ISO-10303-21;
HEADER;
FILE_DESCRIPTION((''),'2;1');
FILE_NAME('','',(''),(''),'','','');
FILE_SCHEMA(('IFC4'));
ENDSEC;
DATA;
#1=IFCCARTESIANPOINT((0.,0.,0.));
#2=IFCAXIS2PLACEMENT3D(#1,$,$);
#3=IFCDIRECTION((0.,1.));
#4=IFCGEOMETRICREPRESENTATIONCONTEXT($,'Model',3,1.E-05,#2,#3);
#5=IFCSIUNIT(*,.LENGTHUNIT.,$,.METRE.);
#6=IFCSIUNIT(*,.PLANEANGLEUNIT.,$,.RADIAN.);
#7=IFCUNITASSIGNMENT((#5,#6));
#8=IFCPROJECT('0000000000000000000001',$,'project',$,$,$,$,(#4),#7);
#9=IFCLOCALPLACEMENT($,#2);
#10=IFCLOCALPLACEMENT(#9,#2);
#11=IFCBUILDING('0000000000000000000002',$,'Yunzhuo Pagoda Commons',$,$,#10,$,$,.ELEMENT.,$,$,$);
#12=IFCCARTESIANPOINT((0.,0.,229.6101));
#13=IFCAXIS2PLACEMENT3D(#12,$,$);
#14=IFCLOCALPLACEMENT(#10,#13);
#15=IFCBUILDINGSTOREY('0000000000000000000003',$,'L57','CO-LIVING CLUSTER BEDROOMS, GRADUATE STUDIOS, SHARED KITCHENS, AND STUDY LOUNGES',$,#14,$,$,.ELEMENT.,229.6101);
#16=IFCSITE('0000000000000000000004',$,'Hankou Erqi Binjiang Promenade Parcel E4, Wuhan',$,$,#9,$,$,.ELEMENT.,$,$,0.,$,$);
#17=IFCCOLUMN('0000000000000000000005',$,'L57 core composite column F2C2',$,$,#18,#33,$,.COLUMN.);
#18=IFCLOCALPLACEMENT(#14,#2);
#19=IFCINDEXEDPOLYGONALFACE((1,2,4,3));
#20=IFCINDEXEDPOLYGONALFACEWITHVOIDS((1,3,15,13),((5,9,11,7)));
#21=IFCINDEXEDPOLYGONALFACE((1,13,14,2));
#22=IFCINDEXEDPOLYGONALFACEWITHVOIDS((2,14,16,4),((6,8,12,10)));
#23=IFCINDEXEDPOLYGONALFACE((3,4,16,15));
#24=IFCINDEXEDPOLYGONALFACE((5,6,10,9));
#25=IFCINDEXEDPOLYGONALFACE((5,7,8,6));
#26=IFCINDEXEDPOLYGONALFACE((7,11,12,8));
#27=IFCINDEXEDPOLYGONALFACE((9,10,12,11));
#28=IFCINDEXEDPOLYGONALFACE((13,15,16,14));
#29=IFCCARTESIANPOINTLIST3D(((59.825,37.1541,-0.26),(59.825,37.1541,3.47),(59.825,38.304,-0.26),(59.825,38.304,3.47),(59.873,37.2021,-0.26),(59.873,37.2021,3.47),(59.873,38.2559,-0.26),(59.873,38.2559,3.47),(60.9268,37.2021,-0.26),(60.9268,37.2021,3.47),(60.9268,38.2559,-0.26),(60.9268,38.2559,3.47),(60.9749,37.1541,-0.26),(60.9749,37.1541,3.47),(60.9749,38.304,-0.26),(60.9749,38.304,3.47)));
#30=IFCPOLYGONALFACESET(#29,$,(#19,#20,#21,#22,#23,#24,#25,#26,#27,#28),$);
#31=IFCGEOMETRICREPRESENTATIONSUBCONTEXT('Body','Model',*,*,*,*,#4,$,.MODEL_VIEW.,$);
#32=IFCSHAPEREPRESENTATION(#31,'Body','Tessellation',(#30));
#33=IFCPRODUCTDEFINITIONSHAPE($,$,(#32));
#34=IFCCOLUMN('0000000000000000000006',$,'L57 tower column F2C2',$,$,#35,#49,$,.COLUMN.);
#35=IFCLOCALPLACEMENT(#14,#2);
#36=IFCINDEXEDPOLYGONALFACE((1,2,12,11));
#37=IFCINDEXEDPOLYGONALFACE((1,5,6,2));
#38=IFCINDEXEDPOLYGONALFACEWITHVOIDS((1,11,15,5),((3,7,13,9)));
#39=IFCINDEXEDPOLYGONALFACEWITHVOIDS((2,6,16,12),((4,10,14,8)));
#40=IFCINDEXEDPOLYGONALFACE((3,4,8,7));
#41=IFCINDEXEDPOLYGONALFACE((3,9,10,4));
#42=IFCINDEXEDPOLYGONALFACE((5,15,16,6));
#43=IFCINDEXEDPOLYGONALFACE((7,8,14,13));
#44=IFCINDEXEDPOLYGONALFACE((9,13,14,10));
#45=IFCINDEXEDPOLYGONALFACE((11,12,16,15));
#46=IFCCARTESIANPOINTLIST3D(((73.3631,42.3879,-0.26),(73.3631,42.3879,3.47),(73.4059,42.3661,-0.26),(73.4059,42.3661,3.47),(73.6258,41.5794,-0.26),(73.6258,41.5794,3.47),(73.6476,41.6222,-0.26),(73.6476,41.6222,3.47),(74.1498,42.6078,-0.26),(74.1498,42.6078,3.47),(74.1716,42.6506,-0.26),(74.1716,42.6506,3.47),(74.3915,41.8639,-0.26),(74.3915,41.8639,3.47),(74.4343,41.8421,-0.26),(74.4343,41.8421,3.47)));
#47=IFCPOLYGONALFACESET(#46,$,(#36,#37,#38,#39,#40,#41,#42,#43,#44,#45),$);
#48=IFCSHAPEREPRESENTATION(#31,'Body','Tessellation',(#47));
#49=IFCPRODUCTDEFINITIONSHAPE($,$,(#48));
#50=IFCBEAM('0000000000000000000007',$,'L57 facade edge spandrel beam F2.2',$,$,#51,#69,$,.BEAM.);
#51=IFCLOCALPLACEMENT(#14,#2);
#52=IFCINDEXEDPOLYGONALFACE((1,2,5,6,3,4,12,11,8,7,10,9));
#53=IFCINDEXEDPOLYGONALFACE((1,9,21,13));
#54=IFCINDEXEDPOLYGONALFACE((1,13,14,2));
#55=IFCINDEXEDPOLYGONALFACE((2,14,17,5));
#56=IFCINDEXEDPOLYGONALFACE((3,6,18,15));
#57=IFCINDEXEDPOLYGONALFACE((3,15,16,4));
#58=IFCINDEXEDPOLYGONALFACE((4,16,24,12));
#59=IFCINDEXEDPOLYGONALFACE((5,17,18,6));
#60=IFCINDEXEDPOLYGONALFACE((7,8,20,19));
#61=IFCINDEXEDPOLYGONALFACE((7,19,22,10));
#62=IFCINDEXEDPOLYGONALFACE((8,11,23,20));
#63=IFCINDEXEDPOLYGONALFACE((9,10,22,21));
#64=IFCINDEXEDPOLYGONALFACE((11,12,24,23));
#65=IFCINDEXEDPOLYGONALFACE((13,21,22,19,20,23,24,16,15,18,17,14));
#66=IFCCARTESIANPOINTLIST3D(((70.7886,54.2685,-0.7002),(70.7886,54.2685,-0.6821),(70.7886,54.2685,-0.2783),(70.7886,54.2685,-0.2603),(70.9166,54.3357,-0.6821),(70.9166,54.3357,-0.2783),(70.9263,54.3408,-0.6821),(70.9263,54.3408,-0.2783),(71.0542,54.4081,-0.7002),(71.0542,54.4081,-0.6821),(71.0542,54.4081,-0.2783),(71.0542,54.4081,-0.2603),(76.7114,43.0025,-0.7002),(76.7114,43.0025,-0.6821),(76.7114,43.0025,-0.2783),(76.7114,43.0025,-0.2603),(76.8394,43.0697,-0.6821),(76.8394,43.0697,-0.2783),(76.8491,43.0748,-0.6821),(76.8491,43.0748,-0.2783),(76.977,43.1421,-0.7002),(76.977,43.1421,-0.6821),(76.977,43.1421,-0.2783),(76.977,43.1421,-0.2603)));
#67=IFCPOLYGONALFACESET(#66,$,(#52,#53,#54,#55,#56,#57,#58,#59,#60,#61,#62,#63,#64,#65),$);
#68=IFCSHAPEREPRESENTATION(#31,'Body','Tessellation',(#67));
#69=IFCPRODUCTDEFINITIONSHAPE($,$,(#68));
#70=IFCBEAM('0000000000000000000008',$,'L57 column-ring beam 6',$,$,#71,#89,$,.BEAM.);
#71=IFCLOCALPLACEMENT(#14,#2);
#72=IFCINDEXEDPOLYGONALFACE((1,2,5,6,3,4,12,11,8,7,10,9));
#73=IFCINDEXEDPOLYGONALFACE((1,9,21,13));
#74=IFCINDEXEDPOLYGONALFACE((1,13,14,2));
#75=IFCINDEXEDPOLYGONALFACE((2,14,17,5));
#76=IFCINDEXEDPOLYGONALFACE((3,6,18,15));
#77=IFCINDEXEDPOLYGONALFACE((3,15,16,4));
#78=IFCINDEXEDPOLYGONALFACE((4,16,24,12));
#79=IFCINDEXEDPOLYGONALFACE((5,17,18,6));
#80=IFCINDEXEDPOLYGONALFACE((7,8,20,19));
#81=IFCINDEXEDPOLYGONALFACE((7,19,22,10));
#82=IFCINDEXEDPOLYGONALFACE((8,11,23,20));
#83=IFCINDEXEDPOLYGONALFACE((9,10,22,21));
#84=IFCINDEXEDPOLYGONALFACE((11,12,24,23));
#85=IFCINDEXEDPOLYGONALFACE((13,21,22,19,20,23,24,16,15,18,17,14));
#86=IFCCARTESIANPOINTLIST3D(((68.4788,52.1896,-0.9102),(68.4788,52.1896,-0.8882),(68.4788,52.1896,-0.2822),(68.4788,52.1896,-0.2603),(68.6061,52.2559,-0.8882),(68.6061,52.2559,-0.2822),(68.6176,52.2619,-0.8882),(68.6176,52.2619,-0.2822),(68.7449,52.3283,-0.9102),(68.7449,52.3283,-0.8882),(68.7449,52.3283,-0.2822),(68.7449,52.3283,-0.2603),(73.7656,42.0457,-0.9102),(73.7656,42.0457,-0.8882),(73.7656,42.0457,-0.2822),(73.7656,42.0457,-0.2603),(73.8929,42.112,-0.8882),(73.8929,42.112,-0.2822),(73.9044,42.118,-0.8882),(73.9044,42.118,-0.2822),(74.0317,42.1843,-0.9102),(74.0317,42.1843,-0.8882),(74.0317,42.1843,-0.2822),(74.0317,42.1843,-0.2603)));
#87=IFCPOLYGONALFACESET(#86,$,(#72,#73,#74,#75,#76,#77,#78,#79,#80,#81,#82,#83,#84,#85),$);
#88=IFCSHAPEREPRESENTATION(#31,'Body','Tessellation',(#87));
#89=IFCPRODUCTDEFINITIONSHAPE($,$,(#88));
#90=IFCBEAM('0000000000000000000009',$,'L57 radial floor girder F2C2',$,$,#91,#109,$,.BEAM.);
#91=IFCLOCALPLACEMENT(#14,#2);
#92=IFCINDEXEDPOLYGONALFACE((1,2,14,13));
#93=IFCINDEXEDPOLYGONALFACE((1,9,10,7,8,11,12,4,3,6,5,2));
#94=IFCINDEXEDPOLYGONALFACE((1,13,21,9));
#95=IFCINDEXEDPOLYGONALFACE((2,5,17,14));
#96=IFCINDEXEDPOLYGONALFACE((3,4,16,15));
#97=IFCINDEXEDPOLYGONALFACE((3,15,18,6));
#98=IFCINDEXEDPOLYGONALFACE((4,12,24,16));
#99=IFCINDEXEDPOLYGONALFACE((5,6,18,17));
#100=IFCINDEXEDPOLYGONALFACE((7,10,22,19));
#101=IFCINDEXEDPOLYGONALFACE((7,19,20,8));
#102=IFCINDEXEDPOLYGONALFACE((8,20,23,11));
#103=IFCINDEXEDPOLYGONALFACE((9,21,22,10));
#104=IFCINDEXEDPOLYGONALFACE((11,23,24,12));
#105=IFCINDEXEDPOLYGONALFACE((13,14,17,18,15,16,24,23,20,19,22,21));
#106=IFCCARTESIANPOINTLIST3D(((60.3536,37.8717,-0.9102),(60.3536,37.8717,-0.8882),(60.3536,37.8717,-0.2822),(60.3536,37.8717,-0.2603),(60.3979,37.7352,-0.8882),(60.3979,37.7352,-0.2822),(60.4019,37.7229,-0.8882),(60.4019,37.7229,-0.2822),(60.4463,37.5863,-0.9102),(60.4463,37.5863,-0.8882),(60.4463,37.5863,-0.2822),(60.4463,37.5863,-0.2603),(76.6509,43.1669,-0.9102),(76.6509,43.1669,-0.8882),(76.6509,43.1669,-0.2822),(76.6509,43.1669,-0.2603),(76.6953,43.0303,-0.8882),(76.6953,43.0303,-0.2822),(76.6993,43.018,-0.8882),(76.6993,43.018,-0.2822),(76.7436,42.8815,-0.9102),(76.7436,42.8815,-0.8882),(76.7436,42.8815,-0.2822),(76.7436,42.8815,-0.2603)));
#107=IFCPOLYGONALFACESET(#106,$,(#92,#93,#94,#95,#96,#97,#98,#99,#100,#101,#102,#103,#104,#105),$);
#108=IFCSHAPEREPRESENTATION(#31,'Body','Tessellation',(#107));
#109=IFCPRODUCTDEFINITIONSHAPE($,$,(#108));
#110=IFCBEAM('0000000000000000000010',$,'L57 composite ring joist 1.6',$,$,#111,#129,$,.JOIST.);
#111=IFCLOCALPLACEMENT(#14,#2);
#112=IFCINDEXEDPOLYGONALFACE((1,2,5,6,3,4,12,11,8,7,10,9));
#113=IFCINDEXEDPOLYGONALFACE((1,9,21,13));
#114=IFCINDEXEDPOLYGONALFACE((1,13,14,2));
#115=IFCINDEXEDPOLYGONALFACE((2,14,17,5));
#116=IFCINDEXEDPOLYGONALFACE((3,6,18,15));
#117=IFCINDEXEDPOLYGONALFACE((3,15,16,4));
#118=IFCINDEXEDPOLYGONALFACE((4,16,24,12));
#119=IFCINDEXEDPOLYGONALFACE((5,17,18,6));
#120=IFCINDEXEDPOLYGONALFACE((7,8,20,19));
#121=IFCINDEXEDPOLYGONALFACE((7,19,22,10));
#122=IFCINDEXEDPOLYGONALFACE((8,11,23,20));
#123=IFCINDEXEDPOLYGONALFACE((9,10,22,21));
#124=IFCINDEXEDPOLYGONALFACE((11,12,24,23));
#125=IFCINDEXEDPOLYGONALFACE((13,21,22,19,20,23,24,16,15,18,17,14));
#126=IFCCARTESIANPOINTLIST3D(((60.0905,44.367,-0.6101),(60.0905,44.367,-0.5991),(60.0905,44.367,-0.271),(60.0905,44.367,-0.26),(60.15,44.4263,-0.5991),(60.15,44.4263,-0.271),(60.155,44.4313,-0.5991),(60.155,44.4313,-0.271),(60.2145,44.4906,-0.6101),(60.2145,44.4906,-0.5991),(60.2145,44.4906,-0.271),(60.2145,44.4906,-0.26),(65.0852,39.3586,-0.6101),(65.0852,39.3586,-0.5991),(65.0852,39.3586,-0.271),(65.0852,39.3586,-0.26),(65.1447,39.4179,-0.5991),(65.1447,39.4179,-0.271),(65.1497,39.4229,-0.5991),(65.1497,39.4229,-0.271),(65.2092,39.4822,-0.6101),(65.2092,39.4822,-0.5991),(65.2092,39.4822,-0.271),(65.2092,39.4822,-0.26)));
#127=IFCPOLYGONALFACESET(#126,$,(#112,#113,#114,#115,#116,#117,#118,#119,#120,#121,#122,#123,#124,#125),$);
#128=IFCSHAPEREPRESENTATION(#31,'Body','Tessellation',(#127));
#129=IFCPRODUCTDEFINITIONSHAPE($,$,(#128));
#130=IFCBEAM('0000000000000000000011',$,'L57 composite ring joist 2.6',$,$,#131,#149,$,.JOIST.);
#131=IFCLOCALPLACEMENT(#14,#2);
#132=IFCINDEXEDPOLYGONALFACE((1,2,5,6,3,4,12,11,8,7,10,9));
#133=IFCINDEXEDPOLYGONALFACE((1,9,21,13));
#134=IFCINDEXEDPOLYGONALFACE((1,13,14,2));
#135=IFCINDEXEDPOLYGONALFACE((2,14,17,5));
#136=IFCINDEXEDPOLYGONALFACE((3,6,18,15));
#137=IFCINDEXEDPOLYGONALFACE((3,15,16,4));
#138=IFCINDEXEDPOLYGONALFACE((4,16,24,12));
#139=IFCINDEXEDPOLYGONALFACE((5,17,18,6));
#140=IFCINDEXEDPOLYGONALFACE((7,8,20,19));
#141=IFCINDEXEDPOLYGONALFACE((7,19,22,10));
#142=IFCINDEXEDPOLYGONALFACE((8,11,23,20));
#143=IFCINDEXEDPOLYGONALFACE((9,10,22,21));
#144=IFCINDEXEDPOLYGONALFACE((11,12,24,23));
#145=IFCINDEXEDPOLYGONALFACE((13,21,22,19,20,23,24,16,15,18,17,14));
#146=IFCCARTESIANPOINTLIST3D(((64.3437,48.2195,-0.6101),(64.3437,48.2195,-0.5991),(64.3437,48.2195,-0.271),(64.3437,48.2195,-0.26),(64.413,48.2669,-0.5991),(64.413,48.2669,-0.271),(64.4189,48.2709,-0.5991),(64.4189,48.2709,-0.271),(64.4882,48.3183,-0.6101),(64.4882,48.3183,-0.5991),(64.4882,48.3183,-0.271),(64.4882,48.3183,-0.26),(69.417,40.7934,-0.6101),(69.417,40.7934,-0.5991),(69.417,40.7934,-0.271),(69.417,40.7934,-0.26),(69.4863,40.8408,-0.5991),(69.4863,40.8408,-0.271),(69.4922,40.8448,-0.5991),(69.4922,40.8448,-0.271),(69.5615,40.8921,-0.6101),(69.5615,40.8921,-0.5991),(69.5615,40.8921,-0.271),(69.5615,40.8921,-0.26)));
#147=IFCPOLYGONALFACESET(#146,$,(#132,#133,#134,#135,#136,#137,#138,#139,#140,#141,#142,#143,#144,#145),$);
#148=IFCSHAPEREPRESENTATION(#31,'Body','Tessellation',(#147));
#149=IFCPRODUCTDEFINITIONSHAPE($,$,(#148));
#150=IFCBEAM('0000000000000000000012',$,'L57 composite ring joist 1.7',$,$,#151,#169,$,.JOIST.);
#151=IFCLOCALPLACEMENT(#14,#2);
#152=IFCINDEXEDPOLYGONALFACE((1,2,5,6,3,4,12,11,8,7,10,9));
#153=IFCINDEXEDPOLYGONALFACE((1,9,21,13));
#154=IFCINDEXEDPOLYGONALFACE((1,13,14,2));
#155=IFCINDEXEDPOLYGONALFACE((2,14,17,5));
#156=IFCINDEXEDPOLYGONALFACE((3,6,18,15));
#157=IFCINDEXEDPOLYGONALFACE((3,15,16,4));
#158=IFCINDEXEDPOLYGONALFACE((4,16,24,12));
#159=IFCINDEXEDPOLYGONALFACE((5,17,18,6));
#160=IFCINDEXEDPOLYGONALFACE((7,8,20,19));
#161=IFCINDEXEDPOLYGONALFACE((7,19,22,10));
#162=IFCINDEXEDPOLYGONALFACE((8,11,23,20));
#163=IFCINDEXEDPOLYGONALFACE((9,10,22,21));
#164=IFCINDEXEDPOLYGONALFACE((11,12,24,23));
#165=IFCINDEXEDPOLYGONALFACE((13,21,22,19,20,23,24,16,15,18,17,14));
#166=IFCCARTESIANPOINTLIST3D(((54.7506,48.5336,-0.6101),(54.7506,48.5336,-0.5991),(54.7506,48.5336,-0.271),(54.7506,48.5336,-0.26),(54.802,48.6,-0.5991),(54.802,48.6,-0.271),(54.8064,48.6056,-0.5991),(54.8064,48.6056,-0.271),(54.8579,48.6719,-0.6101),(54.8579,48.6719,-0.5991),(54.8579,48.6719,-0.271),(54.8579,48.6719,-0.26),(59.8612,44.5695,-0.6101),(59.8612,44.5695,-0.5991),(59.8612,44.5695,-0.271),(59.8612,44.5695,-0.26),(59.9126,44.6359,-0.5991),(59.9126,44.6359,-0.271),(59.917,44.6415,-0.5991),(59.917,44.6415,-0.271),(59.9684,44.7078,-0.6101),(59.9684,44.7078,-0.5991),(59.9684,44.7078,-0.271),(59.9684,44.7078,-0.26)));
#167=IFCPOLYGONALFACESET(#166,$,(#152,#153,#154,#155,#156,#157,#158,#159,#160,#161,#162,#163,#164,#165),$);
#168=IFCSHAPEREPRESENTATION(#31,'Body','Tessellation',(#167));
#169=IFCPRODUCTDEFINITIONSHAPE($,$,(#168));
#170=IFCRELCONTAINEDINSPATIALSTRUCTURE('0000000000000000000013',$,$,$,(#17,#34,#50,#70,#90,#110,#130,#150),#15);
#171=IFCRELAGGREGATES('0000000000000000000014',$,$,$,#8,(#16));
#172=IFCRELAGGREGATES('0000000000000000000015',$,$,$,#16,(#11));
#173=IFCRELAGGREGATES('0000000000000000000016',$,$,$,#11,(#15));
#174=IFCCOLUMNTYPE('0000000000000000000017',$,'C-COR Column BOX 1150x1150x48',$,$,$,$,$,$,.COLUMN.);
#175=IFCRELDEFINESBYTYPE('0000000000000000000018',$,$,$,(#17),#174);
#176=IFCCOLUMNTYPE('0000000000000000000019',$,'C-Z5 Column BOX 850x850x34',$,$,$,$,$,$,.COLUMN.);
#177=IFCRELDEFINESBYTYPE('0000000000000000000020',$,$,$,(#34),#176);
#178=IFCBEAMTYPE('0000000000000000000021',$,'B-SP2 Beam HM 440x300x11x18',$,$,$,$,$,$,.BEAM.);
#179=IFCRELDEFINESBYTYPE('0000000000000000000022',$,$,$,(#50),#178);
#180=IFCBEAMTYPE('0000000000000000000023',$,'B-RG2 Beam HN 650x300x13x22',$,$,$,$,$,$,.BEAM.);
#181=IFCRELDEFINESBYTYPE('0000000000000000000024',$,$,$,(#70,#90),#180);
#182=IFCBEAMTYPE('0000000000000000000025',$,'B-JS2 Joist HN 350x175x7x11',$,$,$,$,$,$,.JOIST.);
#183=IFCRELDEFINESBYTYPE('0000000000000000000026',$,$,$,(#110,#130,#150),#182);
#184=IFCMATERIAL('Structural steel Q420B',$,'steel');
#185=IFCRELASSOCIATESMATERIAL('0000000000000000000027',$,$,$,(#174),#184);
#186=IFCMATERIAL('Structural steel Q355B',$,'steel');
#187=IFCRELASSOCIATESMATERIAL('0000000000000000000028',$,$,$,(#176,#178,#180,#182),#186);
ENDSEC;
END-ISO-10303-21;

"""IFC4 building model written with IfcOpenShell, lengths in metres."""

from ifc_helpers import new_model, si_unit, direction, frame, origin, origin_2d, place, context, subcontext, project, spatial, hollow_rectangle, i_section, extrude, source, transform, mapped, material, material_profile, profile_set, type_object, element, save


model = new_model("IFC4")

# Units and contexts
model_context = context("Model", 3, precision=1e-05, world=origin(), true_north=direction((0.0, 1.0)))
body_context = subcontext(model_context, "Body", "Model", "MODEL_VIEW")
ifc_project = project(units=[si_unit("LENGTHUNIT", "METRE"), si_unit("PLANEANGLEUNIT", "RADIAN")], contexts=[model_context])

# Site, building, storey
site_placement = place(None, origin())
site = spatial("IfcSite", under=ifc_project, at=site_placement, Name="Hankou Erqi Binjiang Promenade Parcel E4, Wuhan", CompositionType="ELEMENT", RefElevation=0.0)
building_placement = place(site_placement, origin())
building = spatial("IfcBuilding", under=site, at=building_placement, Name="Yunzhuo Pagoda Commons", CompositionType="ELEMENT")
storey_placement = place(building_placement, frame((0.0, 0.0, 229.6101)))
storey = spatial("IfcBuildingStorey", under=building, at=storey_placement, Name="L57", Description="CO-LIVING CLUSTER BEDROOMS, GRADUATE STUDIOS, SHARED KITCHENS, AND STUDY LOUNGES", CompositionType="ELEMENT", Elevation=229.6101)

# Columns
ifc_material_1 = material(Name="Structural steel Q420B", Category="steel")
ifc_material_profile_1 = material_profile(ifc_material_1, hollow_rectangle(XDim=1.1499, YDim=1.1499, WallThickness=0.0481, at=origin_2d()), Name="Structural steel Q420B")
ifc_profile_set_1 = profile_set([ifc_material_profile_1], Name="Structural steel Q420B")
column_type_1 = type_object("IfcColumnType", Name="C-COR Column BOX 1150x1150x48", PredefinedType="COLUMN", material=ifc_profile_set_1)
shared_shape_1 = source(origin(), body_context, "Body", "SweptSolid", [
    extrude(hollow_rectangle(XDim=1.1499, YDim=1.1499, WallThickness=0.0481, at=origin_2d()), origin(), (0.0, 0.0, 1.0), 3.73),
])
column_1_placement = place(storey_placement, frame((60.3999, 37.729, -0.26), z_axis=(0.0, 0.0, 1.0), x_axis=(1.0, 0.0, 0.0)))
element("IfcColumn", 1, at=column_1_placement, inside=storey, type_object=column_type_1, Name="L57 core composite column F2C2", PredefinedType="COLUMN", context=body_context, shape_type="MappedRepresentation", body=[
    mapped(shared_shape_1, transform((0.0, 0.0, 0.0), scale=1.0)),
])
ifc_material_2 = material(Name="Structural steel Q355B", Category="steel")
ifc_material_profile_2 = material_profile(ifc_material_2, hollow_rectangle(XDim=0.8501, YDim=0.8501, WallThickness=0.0339, at=origin_2d()), Name="Structural steel Q355B")
ifc_profile_set_2 = profile_set([ifc_material_profile_2], Name="Structural steel Q355B")
column_type_2 = type_object("IfcColumnType", Name="C-Z5 Column BOX 850x850x34", PredefinedType="COLUMN", material=ifc_profile_set_2)
shared_shape_2 = source(origin(), body_context, "Body", "SweptSolid", [
    extrude(hollow_rectangle(XDim=0.8501, YDim=0.8501, WallThickness=0.0339, at=origin_2d()), origin(), (0.0, 0.0, 1.0), 3.73),
])
column_2_placement = place(storey_placement, frame((73.8987, 42.115, -0.26), z_axis=(0.0, 0.0, 1.0), x_axis=(-0.309017, 0.951057, 0.0)))
element("IfcColumn", 2, at=column_2_placement, inside=storey, type_object=column_type_2, Name="L57 tower column F2C2", PredefinedType="COLUMN", context=body_context, shape_type="MappedRepresentation", body=[
    mapped(shared_shape_2, transform((0.0, 0.0, 0.0), scale=1.0)),
])

# Beams
ifc_material_profile_3 = material_profile(ifc_material_2, i_section(OverallWidth=0.3, OverallDepth=0.4399, WebThickness=0.011, FlangeThickness=0.0181, at=origin_2d()), Name="Structural steel Q355B")
ifc_profile_set_3 = profile_set([ifc_material_profile_3], Name="Structural steel Q355B")
beam_type_1 = type_object("IfcBeamType", Name="B-SP2 Beam HM 440x300x11x18", PredefinedType="BEAM", material=ifc_profile_set_3)
shared_shape_3 = source(origin(), body_context, "Body", "SweptSolid", [
    extrude(i_section(OverallWidth=0.3, OverallDepth=0.4399, WebThickness=0.011, FlangeThickness=0.0181, at=origin_2d()), origin(), (0.0, 0.0, 1.0), 12.728),
])
beam_1_placement = place(storey_placement, frame((76.8442, 43.0723, -0.4802), z_axis=(-0.465335, 0.885134, 0.0), x_axis=(-0.885134, -0.465335, 0.0)))
element("IfcBeam", 3, at=beam_1_placement, inside=storey, type_object=beam_type_1, Name="L57 facade edge spandrel beam F2.2", PredefinedType="BEAM", context=body_context, shape_type="MappedRepresentation", body=[
    mapped(shared_shape_3, transform((0.0, 0.0, 0.0), scale=1.0)),
])
ifc_material_profile_4 = material_profile(ifc_material_2, i_section(OverallWidth=0.3, OverallDepth=0.6499, WebThickness=0.0129, FlangeThickness=0.022, at=origin_2d()), Name="Structural steel Q355B")
ifc_profile_set_4 = profile_set([ifc_material_profile_4], Name="Structural steel Q355B")
beam_type_2 = type_object("IfcBeamType", Name="B-RG2 Beam HN 650x300x13x22", PredefinedType="BEAM", material=ifc_profile_set_4)
shared_shape_4 = source(origin(), body_context, "Body", "SweptSolid", [
    extrude(i_section(OverallWidth=0.3, OverallDepth=0.6499, WebThickness=0.0129, FlangeThickness=0.022, at=origin_2d()), origin(), (0.0, 0.0, 1.0), 11.439),
])
beam_2_placement = place(storey_placement, frame((73.8987, 42.115, -0.5852), z_axis=(-0.462176, 0.886788, 0.0), x_axis=(-0.886788, -0.462176, 0.0)))
element("IfcBeam", 4, at=beam_2_placement, inside=storey, type_object=beam_type_2, Name="L57 column-ring beam 6", PredefinedType="BEAM", context=body_context, shape_type="MappedRepresentation", body=[
    mapped(shared_shape_4, transform((0.0, 0.0, 0.0), scale=1.0)),
])
shared_shape_5 = source(origin(), body_context, "Body", "SweptSolid", [
    extrude(i_section(OverallWidth=0.3, OverallDepth=0.6499, WebThickness=0.0129, FlangeThickness=0.022, at=origin_2d()), origin(), (0.0, 0.0, 1.0), 17.136),
])
beam_3_placement = place(storey_placement, frame((76.6973, 43.0242, -0.5852), z_axis=(-0.951059, -0.309008, 0.0), x_axis=(0.309008, -0.951059, 0.0)))
element("IfcBeam", 5, at=beam_3_placement, inside=storey, type_object=beam_type_2, Name="L57 radial floor girder F2C2", PredefinedType="BEAM", context=body_context, shape_type="MappedRepresentation", body=[
    mapped(shared_shape_5, transform((0.0, 0.0, 0.0), scale=1.0)),
])
ifc_material_profile_5 = material_profile(ifc_material_2, i_section(OverallWidth=0.175, OverallDepth=0.3501, WebThickness=0.0071, FlangeThickness=0.011, at=origin_2d()), Name="Structural steel Q355B")
ifc_profile_set_5 = profile_set([ifc_material_profile_5], Name="Structural steel Q355B")
beam_type_3 = type_object("IfcBeamType", Name="B-JS2 Joist HN 350x175x7x11", PredefinedType="JOIST", material=ifc_profile_set_5)
shared_shape_6 = source(origin(), body_context, "Body", "SweptSolid", [
    extrude(i_section(OverallWidth=0.175, OverallDepth=0.3501, WebThickness=0.0071, FlangeThickness=0.011, at=origin_2d()), origin(), (0.0, 0.0, 1.0), 7.0732),
])
beam_4_placement = place(storey_placement, frame((65.1472, 39.4204, -0.4351), z_axis=(-0.70614, 0.708073, 0.0), x_axis=(-0.708073, -0.70614, 0.0)))
element("IfcBeam", 6, at=beam_4_placement, inside=storey, type_object=beam_type_3, Name="L57 composite ring joist 1.6", PredefinedType="JOIST", context=body_context, shape_type="MappedRepresentation", body=[
    mapped(shared_shape_6, transform((0.0, 0.0, 0.0), scale=1.0)),
])
shared_shape_7 = source(origin(), body_context, "Body", "SweptSolid", [
    extrude(i_section(OverallWidth=0.175, OverallDepth=0.3501, WebThickness=0.0071, FlangeThickness=0.011, at=origin_2d()), origin(), (0.0, 0.0, 1.0), 8.9937),
])
beam_5_placement = place(storey_placement, frame((69.4893, 40.8428, -0.4351), z_axis=(-0.564099, 0.825707, 0.0), x_axis=(-0.825707, -0.564099, 0.0)))
element("IfcBeam", 7, at=beam_5_placement, inside=storey, type_object=beam_type_3, Name="L57 composite ring joist 2.6", PredefinedType="JOIST", context=body_context, shape_type="MappedRepresentation", body=[
    mapped(shared_shape_7, transform((0.0, 0.0, 0.0), scale=1.0)),
])
shared_shape_8 = source(origin(), body_context, "Body", "SweptSolid", [
    extrude(i_section(OverallWidth=0.175, OverallDepth=0.3501, WebThickness=0.0071, FlangeThickness=0.011, at=origin_2d()), origin(), (0.0, 0.0, 1.0), 6.4678),
])
beam_6_placement = place(storey_placement, frame((59.9148, 44.6387, -0.4351), z_axis=(-0.79016, 0.6129, 0.0), x_axis=(-0.6129, -0.79016, 0.0)))
element("IfcBeam", 8, at=beam_6_placement, inside=storey, type_object=beam_type_3, Name="L57 composite ring joist 1.7", PredefinedType="JOIST", context=body_context, shape_type="MappedRepresentation", body=[
    mapped(shared_shape_8, transform((0.0, 0.0, 0.0), scale=1.0)),
])

save(model, "model.ifc")
